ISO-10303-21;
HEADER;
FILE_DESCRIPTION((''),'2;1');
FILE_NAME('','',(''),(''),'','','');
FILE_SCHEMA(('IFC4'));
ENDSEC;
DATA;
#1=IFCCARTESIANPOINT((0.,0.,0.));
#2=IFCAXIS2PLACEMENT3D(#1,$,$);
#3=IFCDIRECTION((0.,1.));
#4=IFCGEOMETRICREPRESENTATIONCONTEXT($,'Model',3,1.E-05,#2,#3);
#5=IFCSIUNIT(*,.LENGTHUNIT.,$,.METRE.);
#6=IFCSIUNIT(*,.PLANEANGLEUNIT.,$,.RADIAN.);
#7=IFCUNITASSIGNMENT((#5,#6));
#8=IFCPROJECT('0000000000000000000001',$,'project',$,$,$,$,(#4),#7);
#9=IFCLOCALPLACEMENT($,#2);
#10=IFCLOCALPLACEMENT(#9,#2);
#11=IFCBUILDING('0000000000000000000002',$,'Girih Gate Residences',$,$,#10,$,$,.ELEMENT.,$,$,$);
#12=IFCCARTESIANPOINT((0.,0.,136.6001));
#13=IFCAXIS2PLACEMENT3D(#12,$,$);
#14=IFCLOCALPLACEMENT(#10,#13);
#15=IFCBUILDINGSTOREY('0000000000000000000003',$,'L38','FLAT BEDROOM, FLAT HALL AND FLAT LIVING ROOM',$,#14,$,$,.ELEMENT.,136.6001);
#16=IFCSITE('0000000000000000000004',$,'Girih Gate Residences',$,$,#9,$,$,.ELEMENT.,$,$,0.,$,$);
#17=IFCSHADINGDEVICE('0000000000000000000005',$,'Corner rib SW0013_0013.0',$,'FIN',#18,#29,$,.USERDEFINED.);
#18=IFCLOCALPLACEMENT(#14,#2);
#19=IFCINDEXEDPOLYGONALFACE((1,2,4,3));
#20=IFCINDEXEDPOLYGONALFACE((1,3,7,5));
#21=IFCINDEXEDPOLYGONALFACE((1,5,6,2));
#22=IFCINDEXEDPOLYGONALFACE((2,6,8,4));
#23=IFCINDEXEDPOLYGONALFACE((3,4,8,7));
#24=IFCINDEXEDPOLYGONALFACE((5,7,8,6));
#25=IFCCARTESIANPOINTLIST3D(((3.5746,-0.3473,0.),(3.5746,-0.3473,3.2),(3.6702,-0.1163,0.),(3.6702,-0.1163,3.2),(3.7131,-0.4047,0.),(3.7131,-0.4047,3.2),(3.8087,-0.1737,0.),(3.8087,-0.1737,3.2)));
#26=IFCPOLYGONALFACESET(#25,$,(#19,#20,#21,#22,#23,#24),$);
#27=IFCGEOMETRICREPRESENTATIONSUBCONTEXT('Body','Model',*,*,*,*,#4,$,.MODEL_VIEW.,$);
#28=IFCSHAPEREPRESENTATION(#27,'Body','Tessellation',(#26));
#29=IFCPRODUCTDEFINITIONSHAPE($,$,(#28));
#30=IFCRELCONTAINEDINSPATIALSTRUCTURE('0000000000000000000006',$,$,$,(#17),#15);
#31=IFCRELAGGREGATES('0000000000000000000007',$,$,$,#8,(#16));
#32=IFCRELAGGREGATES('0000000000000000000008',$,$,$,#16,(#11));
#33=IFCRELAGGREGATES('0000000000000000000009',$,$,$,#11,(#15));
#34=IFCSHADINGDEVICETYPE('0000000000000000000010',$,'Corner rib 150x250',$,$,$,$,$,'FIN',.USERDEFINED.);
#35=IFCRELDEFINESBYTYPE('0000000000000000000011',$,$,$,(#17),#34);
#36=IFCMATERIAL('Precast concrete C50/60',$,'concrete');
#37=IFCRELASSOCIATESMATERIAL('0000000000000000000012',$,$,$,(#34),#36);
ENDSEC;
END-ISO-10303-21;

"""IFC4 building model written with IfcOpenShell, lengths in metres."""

from ifc_helpers import new_model, si_unit, direction, frame, origin, origin_2d, place, context, subcontext, project, spatial, rectangle, extrude, material, type_object, element, save


model = new_model("IFC4")

# Units and contexts
model_context = context("Model", 3, precision=1e-05, world=origin(), true_north=direction((0.0, 1.0)))
body_context = subcontext(model_context, "Body", "Model", "MODEL_VIEW")
ifc_project = project(units=[si_unit("LENGTHUNIT", "METRE"), si_unit("PLANEANGLEUNIT", "RADIAN")], contexts=[model_context])

# Site, building, storey
site_placement = place(None, origin())
site = spatial("IfcSite", under=ifc_project, at=site_placement, Name="Girih Gate Residences", CompositionType="ELEMENT", RefElevation=0.0)
building_placement = place(site_placement, origin())
building = spatial("IfcBuilding", under=site, at=building_placement, Name="Girih Gate Residences", CompositionType="ELEMENT")
storey_placement = place(building_placement, frame((0.0, 0.0, 136.6001)))
storey = spatial("IfcBuildingStorey", under=building, at=storey_placement, Name="L38", Description="FLAT BEDROOM, FLAT HALL AND FLAT LIVING ROOM", CompositionType="ELEMENT", Elevation=136.6001)

# Shared definitions
ifc_material_1 = material(Name="Precast concrete C50/60", Category="concrete")

# Shading device
shading_device_type = type_object("IfcShadingDeviceType", Name="Corner rib 150x250", ElementType="FIN", PredefinedType="USERDEFINED", material=ifc_material_1)
for number, where, z_axis, x_axis, name in (
    (1, (3.6917, -0.2605, 0.0), (0.0, 0.0, 1.0), (0.92388, -0.382683, 0.0), "Corner rib SW0013_0013.0"),
):
    element("IfcShadingDevice", number, at=place(storey_placement, frame(where, z_axis=z_axis, x_axis=x_axis)), inside=storey, type_object=shading_device_type, Name=name, ObjectType="FIN", PredefinedType="USERDEFINED", context=body_context, shape_type="SweptSolid", body=[
        extrude(rectangle(XDim=0.1499, YDim=0.25, at=origin_2d()), origin(), (0.0, 0.0, 1.0), 3.2),
    ])

save(model, "model.ifc")
